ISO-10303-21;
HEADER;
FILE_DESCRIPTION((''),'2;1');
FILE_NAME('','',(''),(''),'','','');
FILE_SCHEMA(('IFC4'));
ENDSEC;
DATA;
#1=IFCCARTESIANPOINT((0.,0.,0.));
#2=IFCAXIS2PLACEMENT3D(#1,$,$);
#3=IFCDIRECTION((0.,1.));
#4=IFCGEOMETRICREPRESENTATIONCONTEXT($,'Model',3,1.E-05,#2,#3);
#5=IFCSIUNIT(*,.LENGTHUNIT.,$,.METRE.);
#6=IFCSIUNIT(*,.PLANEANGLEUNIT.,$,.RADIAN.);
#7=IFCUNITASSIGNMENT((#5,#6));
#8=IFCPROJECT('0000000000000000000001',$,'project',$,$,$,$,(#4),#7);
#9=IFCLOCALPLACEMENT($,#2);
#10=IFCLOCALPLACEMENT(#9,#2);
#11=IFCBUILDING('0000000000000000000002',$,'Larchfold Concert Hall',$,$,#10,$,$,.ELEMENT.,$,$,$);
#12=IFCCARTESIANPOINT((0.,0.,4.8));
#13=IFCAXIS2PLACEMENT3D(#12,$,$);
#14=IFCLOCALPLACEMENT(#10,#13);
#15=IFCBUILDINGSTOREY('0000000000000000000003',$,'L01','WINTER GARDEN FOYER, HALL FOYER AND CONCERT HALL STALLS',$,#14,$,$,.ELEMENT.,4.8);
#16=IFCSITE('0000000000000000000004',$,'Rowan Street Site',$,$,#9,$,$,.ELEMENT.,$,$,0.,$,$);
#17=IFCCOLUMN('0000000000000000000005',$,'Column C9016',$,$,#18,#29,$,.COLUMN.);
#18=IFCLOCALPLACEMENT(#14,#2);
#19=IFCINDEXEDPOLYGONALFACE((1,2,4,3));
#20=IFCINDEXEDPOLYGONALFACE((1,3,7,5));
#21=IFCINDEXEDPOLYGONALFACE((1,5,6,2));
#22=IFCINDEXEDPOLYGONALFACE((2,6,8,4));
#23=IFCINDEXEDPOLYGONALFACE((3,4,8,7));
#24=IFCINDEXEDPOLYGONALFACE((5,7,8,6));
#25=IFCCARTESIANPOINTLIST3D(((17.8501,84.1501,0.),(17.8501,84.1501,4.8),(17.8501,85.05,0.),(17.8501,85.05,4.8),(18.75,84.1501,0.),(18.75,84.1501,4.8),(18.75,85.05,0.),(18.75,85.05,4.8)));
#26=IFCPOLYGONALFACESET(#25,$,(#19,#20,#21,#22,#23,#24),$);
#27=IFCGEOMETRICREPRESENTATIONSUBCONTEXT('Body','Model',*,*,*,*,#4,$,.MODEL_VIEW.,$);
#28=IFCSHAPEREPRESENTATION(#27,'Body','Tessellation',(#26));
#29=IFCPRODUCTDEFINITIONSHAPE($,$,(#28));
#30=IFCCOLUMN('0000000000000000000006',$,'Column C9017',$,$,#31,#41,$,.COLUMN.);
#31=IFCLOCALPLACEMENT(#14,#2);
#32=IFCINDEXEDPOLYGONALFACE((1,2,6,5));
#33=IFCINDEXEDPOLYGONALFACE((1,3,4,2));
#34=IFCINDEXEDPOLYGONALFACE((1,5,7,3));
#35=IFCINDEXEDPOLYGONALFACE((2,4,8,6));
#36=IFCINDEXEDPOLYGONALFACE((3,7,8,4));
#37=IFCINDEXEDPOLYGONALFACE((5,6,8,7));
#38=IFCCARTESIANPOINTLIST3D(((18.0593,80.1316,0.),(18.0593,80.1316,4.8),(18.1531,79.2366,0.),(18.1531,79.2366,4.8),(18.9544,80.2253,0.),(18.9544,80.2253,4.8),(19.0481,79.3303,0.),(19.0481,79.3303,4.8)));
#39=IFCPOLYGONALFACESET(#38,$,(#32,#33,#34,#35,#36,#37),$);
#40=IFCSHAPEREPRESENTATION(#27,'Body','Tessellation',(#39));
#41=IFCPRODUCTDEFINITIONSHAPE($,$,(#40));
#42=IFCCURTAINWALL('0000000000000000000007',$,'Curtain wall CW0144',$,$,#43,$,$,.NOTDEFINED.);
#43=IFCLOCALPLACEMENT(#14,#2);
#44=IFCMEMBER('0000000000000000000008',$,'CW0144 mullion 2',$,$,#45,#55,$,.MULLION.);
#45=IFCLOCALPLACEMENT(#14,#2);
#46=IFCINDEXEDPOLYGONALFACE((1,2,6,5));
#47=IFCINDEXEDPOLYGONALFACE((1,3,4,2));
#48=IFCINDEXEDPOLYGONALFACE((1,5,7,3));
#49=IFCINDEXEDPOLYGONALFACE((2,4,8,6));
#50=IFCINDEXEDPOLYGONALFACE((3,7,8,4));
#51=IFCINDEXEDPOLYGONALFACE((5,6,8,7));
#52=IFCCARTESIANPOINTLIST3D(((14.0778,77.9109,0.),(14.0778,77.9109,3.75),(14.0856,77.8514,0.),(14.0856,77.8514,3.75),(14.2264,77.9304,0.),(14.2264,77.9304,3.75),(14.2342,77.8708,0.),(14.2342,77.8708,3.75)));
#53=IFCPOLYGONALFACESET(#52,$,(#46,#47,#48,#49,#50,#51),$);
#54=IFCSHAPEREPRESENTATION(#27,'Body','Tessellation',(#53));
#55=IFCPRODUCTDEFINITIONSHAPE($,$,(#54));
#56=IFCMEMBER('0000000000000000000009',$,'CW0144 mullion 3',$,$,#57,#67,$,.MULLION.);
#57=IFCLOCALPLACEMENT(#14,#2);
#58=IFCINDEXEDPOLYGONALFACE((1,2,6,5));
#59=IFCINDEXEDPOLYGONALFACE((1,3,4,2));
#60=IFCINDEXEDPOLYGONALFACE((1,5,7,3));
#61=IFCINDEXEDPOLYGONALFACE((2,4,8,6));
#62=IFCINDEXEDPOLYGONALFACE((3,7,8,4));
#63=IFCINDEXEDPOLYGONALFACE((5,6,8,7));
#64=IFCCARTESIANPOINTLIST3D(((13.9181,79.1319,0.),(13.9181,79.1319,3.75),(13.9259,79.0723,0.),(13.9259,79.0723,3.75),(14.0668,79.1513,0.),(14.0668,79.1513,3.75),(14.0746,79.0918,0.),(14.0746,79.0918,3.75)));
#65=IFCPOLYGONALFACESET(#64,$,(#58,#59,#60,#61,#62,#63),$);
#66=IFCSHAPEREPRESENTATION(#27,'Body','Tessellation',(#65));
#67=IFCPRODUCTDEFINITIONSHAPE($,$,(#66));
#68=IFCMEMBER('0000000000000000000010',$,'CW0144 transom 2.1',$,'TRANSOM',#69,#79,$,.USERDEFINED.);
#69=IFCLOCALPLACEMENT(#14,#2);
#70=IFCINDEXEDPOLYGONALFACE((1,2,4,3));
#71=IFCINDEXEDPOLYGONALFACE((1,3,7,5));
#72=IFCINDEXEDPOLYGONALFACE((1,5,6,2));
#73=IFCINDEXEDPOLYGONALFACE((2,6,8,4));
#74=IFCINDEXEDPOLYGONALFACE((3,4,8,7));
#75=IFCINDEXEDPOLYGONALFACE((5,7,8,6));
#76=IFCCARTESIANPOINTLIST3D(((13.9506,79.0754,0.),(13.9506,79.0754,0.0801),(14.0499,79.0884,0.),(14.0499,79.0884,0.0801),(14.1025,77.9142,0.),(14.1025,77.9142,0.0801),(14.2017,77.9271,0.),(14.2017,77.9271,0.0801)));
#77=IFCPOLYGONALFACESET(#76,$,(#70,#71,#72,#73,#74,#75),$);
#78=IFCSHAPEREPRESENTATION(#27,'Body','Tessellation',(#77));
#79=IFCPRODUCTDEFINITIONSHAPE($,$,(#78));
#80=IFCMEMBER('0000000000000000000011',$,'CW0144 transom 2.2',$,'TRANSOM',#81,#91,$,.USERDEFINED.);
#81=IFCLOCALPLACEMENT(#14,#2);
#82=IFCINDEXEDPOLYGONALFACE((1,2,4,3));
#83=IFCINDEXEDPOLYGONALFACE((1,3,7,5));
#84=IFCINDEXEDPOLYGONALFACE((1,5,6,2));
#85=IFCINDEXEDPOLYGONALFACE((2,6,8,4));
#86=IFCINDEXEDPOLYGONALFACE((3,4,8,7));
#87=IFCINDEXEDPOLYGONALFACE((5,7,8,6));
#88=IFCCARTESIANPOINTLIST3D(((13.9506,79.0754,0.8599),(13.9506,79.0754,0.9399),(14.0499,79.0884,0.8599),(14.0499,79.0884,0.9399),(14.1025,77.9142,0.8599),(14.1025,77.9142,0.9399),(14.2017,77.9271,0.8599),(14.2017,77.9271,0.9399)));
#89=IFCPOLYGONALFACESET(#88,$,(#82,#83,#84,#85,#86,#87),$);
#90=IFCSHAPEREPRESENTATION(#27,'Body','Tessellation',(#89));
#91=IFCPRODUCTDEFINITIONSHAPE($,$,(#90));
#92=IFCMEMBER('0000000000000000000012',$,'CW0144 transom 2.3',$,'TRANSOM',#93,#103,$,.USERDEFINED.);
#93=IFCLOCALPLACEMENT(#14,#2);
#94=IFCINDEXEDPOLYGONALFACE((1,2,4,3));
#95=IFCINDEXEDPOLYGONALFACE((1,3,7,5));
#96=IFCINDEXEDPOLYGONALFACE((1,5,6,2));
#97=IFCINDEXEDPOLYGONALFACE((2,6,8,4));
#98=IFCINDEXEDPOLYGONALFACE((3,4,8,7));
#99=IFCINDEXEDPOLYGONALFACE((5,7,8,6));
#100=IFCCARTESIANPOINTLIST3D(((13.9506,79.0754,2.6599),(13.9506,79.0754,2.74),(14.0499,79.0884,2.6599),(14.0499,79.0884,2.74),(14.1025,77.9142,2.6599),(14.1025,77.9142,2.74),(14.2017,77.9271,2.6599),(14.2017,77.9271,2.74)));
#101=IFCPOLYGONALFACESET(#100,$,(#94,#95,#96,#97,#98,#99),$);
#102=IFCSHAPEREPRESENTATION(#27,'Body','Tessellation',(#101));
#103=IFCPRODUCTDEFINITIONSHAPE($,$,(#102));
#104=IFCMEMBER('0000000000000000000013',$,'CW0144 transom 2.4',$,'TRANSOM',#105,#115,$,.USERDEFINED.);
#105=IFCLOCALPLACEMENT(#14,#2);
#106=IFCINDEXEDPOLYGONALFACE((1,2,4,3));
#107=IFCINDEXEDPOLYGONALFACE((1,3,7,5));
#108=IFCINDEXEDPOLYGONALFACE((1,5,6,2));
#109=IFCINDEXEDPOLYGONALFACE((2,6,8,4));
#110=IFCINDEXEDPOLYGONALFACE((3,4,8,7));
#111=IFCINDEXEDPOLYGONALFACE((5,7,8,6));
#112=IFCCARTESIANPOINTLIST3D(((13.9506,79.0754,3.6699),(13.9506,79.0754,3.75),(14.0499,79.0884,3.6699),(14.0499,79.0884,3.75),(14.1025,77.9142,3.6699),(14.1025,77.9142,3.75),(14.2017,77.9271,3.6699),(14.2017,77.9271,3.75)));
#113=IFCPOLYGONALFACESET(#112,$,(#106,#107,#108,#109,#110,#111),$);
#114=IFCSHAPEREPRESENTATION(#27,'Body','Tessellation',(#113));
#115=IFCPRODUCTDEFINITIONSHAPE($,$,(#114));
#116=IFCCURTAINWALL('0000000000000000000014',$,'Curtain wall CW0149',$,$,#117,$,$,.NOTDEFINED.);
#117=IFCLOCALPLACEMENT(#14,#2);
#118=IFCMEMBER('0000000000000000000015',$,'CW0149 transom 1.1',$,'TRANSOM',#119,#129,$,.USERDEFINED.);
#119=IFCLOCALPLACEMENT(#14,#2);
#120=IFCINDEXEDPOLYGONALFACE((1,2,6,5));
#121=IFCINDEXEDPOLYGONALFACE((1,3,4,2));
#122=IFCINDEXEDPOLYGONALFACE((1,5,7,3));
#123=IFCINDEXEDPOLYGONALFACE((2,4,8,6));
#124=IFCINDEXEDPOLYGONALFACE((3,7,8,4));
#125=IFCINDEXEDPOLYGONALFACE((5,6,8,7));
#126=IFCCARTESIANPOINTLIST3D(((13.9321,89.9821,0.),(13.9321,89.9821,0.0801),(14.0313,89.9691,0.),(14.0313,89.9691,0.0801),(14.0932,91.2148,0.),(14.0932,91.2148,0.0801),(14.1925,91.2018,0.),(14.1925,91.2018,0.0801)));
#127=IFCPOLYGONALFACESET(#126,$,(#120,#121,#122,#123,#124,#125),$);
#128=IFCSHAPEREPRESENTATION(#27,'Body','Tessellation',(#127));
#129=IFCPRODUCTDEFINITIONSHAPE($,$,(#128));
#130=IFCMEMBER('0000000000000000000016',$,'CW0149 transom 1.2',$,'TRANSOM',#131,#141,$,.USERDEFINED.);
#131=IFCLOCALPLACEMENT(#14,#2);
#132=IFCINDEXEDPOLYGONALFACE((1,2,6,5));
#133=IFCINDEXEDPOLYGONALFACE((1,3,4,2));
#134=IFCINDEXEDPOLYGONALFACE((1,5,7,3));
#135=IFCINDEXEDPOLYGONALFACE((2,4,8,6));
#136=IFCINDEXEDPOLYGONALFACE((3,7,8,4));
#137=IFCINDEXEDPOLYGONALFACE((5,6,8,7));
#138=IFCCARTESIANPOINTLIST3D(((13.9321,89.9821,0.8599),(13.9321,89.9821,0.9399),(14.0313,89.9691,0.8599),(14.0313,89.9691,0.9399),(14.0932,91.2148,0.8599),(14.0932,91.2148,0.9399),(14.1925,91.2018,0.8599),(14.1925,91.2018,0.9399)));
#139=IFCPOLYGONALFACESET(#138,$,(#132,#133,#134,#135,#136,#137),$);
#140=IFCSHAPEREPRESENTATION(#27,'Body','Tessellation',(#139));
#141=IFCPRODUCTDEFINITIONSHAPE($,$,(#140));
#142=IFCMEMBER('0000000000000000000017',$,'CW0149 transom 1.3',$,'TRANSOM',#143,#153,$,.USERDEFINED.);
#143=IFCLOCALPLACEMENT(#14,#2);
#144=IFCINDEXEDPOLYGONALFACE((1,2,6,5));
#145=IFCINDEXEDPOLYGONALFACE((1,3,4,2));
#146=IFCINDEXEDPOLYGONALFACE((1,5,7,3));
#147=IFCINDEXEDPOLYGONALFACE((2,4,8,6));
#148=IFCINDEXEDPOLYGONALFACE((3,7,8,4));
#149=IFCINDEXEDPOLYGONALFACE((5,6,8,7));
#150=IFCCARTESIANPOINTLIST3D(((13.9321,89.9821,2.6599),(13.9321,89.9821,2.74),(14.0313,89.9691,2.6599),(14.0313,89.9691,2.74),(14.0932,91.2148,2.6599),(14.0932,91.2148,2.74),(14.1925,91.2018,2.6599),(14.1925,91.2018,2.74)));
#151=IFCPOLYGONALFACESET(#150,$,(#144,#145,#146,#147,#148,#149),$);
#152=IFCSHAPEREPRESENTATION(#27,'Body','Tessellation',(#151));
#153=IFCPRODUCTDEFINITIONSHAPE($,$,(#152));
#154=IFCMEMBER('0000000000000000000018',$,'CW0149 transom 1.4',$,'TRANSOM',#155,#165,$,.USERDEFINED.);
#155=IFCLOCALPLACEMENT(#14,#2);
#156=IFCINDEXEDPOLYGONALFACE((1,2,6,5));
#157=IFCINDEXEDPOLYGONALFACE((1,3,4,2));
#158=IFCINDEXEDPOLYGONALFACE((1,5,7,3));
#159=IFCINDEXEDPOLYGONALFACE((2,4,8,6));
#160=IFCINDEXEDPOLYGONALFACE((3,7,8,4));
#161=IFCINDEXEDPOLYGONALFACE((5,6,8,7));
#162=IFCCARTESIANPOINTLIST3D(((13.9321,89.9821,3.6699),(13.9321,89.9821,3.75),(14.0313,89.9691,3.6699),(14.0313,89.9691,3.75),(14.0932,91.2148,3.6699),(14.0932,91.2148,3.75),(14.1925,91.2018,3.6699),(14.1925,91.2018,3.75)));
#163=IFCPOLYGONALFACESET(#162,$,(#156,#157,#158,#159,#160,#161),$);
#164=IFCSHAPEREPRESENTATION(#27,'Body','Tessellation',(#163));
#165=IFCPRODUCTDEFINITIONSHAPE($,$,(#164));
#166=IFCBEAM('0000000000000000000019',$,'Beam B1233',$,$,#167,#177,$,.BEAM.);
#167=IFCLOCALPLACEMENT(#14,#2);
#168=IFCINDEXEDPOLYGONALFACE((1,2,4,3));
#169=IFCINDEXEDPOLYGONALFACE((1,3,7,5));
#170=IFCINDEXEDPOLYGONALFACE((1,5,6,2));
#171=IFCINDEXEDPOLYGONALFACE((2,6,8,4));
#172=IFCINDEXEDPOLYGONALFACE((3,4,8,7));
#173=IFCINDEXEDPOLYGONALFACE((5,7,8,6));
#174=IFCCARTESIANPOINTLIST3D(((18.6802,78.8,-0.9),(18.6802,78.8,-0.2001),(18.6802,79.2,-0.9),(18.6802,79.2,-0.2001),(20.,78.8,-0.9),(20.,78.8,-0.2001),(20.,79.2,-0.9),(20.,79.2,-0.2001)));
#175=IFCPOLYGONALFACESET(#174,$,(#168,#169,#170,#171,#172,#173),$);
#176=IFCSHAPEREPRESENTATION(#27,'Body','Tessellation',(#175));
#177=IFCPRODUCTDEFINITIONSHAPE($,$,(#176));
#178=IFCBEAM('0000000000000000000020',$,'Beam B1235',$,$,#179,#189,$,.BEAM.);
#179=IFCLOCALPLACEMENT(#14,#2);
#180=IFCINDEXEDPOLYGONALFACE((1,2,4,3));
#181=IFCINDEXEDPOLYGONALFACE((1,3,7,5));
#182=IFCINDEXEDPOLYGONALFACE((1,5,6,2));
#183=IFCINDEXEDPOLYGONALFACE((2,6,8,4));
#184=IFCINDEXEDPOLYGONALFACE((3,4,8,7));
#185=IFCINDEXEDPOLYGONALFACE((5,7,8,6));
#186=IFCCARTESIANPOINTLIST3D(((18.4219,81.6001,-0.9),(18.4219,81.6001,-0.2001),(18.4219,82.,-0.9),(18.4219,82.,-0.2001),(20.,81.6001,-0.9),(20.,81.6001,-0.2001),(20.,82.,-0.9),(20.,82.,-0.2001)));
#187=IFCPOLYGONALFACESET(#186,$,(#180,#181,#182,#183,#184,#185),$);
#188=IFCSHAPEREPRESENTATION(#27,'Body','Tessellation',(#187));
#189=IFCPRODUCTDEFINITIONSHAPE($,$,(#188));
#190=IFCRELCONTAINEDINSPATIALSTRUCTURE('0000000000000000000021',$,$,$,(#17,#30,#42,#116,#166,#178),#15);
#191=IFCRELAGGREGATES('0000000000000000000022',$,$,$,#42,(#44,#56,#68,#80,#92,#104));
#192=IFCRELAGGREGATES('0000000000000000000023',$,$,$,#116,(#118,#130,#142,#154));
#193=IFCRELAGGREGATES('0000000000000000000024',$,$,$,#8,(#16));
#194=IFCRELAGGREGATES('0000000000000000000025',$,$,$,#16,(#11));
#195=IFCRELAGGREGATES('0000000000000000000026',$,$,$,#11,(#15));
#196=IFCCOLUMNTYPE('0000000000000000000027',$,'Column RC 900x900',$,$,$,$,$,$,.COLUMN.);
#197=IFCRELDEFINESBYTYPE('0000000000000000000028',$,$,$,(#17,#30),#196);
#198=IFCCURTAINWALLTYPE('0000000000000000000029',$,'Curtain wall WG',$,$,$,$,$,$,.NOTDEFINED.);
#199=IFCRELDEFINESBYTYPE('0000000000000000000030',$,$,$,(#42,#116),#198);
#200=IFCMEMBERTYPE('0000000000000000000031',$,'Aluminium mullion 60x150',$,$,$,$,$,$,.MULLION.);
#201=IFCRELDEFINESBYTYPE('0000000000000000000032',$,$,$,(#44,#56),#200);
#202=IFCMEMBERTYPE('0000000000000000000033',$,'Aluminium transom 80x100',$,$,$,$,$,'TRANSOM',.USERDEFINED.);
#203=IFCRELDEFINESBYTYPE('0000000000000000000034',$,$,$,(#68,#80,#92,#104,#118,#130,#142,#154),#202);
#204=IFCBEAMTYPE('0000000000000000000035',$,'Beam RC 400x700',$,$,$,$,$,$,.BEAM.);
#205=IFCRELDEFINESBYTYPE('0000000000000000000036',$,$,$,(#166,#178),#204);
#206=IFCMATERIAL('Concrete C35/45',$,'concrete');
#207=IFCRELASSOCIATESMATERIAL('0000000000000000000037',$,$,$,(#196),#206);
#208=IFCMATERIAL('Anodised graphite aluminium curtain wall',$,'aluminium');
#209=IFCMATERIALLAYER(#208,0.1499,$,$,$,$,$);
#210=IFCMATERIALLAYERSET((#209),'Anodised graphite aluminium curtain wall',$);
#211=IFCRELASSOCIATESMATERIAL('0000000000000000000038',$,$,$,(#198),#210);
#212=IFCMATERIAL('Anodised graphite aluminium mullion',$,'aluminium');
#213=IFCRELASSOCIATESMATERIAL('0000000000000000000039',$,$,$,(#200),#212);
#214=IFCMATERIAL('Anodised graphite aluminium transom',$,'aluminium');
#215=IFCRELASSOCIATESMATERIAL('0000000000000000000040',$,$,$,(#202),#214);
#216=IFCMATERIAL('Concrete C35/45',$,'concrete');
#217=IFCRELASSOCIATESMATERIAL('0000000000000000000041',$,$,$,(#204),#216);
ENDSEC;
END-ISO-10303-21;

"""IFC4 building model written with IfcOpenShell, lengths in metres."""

from ifc_helpers import new_model, si_unit, direction, frame, origin, origin_2d, place, context, subcontext, project, spatial, rectangle, extrude, material, layer, layer_set, material_profile, profile_set, type_object, element, aggregate, save


model = new_model("IFC4")

# Units and contexts
model_context = context("Model", 3, precision=1e-05, world=origin(), true_north=direction((0.0, 1.0)))
body_context = subcontext(model_context, "Body", "Model", "MODEL_VIEW")
ifc_project = project(units=[si_unit("LENGTHUNIT", "METRE"), si_unit("PLANEANGLEUNIT", "RADIAN")], contexts=[model_context])

# Site, building, storey
site_placement = place(None, origin())
site = spatial("IfcSite", under=ifc_project, at=site_placement, Name="Rowan Street Site", CompositionType="ELEMENT", RefElevation=0.0)
building_placement = place(site_placement, origin())
building = spatial("IfcBuilding", under=site, at=building_placement, Name="Larchfold Concert Hall", CompositionType="ELEMENT")
storey_placement = place(building_placement, frame((0.0, 0.0, 4.8)))
storey = spatial("IfcBuildingStorey", under=building, at=storey_placement, Name="L01", Description="WINTER GARDEN FOYER, HALL FOYER AND CONCERT HALL STALLS", CompositionType="ELEMENT", Elevation=4.8)

# Columns
ifc_material_1 = material(Name="Concrete C35/45", Category="concrete")
ifc_material_profile_1 = material_profile(ifc_material_1, rectangle(XDim=0.8999, YDim=0.8999, at=origin_2d()))
ifc_profile_set_1 = profile_set([ifc_material_profile_1], Name="Concrete C35/45")
column_type = type_object("IfcColumnType", Name="Column RC 900x900", PredefinedType="COLUMN", material=ifc_profile_set_1)
for number, where, z_axis, x_axis, name in (
    (1, (18.3, 84.6001, 0.0), (0.0, 0.0, 1.0), (0.000002, 1.0, 0.0), "Column C9016"),
    (2, (18.5537, 79.731, 0.0), (0.0, 0.0, 1.0), (0.994561, 0.104152, 0.0), "Column C9017"),
):
    element("IfcColumn", number, at=place(storey_placement, frame(where, z_axis=z_axis, x_axis=x_axis)), inside=storey, type_object=column_type, Name=name, PredefinedType="COLUMN", context=body_context, shape_type="SweptSolid", body=[
        extrude(rectangle(XDim=0.8999, YDim=0.8999, at=origin_2d()), origin(), (0.0, 0.0, 1.0), 4.8),
    ])

# Curtain walls, members
ifc_material_2 = material(Name="Anodised graphite aluminium curtain wall", Category="aluminium")
ifc_layer_1 = layer(ifc_material_2, 0.1499)
ifc_layer_set_1 = layer_set([ifc_layer_1], Name="Anodised graphite aluminium curtain wall")
curtain_wall_type = type_object("IfcCurtainWallType", Name="Curtain wall WG", PredefinedType="NOTDEFINED", material=ifc_layer_set_1)
curtain_wall_1_placement = place(storey_placement, origin())
curtain_wall_1 = element("IfcCurtainWall", 3, at=curtain_wall_1_placement, inside=storey, type_object=curtain_wall_type, Name="Curtain wall CW0144", PredefinedType="NOTDEFINED")
ifc_material_3 = material(Name="Anodised graphite aluminium mullion", Category="aluminium")
ifc_material_profile_2 = material_profile(ifc_material_3, rectangle(XDim=0.1499, YDim=0.0601, at=origin_2d()))
ifc_profile_set_2 = profile_set([ifc_material_profile_2], Name="Anodised graphite aluminium mullion")
member_type_1 = type_object("IfcMemberType", Name="Aluminium mullion 60x150", PredefinedType="MULLION", material=ifc_profile_set_2)
member_1_placement = place(storey_placement, frame((14.156, 77.8909, 0.0), z_axis=(0.0, 0.0, 1.0), x_axis=(-0.991556, -0.129678, 0.0)))
member_1 = element("IfcMember", 4, at=member_1_placement, type_object=member_type_1, Name="CW0144 mullion 2", PredefinedType="MULLION", context=body_context, shape_type="SweptSolid", body=[
    extrude(rectangle(XDim=0.1499, YDim=0.0601, at=origin_2d()), origin(), (0.0, 0.0, 1.0), 3.75),
])
member_2_placement = place(storey_placement, frame((13.9963, 79.1118, 0.0), z_axis=(0.0, 0.0, 1.0), x_axis=(-0.991556, -0.129678, 0.0)))
member_2 = element("IfcMember", 5, at=member_2_placement, type_object=member_type_1, Name="CW0144 mullion 3", PredefinedType="MULLION", context=body_context, shape_type="SweptSolid", body=[
    extrude(rectangle(XDim=0.1499, YDim=0.0601, at=origin_2d()), origin(), (0.0, 0.0, 1.0), 3.75),
])
ifc_material_4 = material(Name="Anodised graphite aluminium transom", Category="aluminium")
ifc_material_profile_3 = material_profile(ifc_material_4, rectangle(XDim=0.1001, YDim=0.0801, at=origin_2d()))
ifc_profile_set_3 = profile_set([ifc_material_profile_3], Name="Anodised graphite aluminium transom")
member_type_2 = type_object("IfcMemberType", Name="Aluminium transom 80x100", ElementType="TRANSOM", PredefinedType="USERDEFINED", material=ifc_profile_set_3)
member_3_placement = place(storey_placement, frame((14.1521, 77.9207, 0.04), z_axis=(-0.129651, 0.99156, 0.0), x_axis=(-0.99156, -0.129651, 0.0)))
member_3 = element("IfcMember", 6, at=member_3_placement, type_object=member_type_2, Name="CW0144 transom 2.1", ObjectType="TRANSOM", PredefinedType="USERDEFINED", context=body_context, shape_type="SweptSolid", body=[
    extrude(rectangle(XDim=0.1001, YDim=0.0801, at=origin_2d()), origin(), (0.0, 0.0, 1.0), 1.1711),
])
member_4_placement = place(storey_placement, frame((14.1521, 77.9207, 0.8999), z_axis=(-0.129651, 0.99156, 0.0), x_axis=(-0.99156, -0.129651, 0.0)))
member_4 = element("IfcMember", 7, at=member_4_placement, type_object=member_type_2, Name="CW0144 transom 2.2", ObjectType="TRANSOM", PredefinedType="USERDEFINED", context=body_context, shape_type="SweptSolid", body=[
    extrude(rectangle(XDim=0.1001, YDim=0.0801, at=origin_2d()), origin(), (0.0, 0.0, 1.0), 1.1711),
])
member_5_placement = place(storey_placement, frame((14.1521, 77.9207, 2.7), z_axis=(-0.129651, 0.99156, 0.0), x_axis=(-0.99156, -0.129651, 0.0)))
member_5 = element("IfcMember", 8, at=member_5_placement, type_object=member_type_2, Name="CW0144 transom 2.3", ObjectType="TRANSOM", PredefinedType="USERDEFINED", context=body_context, shape_type="SweptSolid", body=[
    extrude(rectangle(XDim=0.1001, YDim=0.0801, at=origin_2d()), origin(), (0.0, 0.0, 1.0), 1.1711),
])
member_6_placement = place(storey_placement, frame((14.1521, 77.9207, 3.71), z_axis=(-0.129651, 0.99156, 0.0), x_axis=(-0.99156, -0.129651, 0.0)))
member_6 = element("IfcMember", 9, at=member_6_placement, type_object=member_type_2, Name="CW0144 transom 2.4", ObjectType="TRANSOM", PredefinedType="USERDEFINED", context=body_context, shape_type="SweptSolid", body=[
    extrude(rectangle(XDim=0.1001, YDim=0.0801, at=origin_2d()), origin(), (0.0, 0.0, 1.0), 1.1711),
])
curtain_wall_2_placement = place(storey_placement, origin())
curtain_wall_2 = element("IfcCurtainWall", 10, at=curtain_wall_2_placement, inside=storey, type_object=curtain_wall_type, Name="Curtain wall CW0149", PredefinedType="NOTDEFINED")
member_7_placement = place(storey_placement, frame((13.9817, 89.9756, 0.04), z_axis=(0.129616, 0.991564, 0.0), x_axis=(-0.991564, 0.129616, 0.0)))
member_7 = element("IfcMember", 11, at=member_7_placement, type_object=member_type_2, Name="CW0149 transom 1.1", ObjectType="TRANSOM", PredefinedType="USERDEFINED", context=body_context, shape_type="SweptSolid", body=[
    extrude(rectangle(XDim=0.1001, YDim=0.0801, at=origin_2d()), origin(), (0.0, 0.0, 1.0), 1.2432),
])
member_8_placement = place(storey_placement, frame((13.9817, 89.9756, 0.8999), z_axis=(0.129616, 0.991564, 0.0), x_axis=(-0.991564, 0.129616, 0.0)))
member_8 = element("IfcMember", 12, at=member_8_placement, type_object=member_type_2, Name="CW0149 transom 1.2", ObjectType="TRANSOM", PredefinedType="USERDEFINED", context=body_context, shape_type="SweptSolid", body=[
    extrude(rectangle(XDim=0.1001, YDim=0.0801, at=origin_2d()), origin(), (0.0, 0.0, 1.0), 1.2432),
])
member_9_placement = place(storey_placement, frame((13.9817, 89.9756, 2.7), z_axis=(0.129616, 0.991564, 0.0), x_axis=(-0.991564, 0.129616, 0.0)))
member_9 = element("IfcMember", 13, at=member_9_placement, type_object=member_type_2, Name="CW0149 transom 1.3", ObjectType="TRANSOM", PredefinedType="USERDEFINED", context=body_context, shape_type="SweptSolid", body=[
    extrude(rectangle(XDim=0.1001, YDim=0.0801, at=origin_2d()), origin(), (0.0, 0.0, 1.0), 1.2432),
])
member_10_placement = place(storey_placement, frame((13.9817, 89.9756, 3.71), z_axis=(0.129616, 0.991564, 0.0), x_axis=(-0.991564, 0.129616, 0.0)))
member_10 = element("IfcMember", 14, at=member_10_placement, type_object=member_type_2, Name="CW0149 transom 1.4", ObjectType="TRANSOM", PredefinedType="USERDEFINED", context=body_context, shape_type="SweptSolid", body=[
    extrude(rectangle(XDim=0.1001, YDim=0.0801, at=origin_2d()), origin(), (0.0, 0.0, 1.0), 1.2432),
])

# Beams
ifc_material_5 = material(Name="Concrete C35/45", Category="concrete")
ifc_material_profile_4 = material_profile(ifc_material_5, rectangle(XDim=0.3999, YDim=0.7, at=origin_2d()))
ifc_profile_set_4 = profile_set([ifc_material_profile_4], Name="Concrete C35/45")
beam_type_1 = type_object("IfcBeamType", Name="Beam RC 400x700", PredefinedType="BEAM", material=ifc_profile_set_4)
beam_1_placement = place(storey_placement, frame((18.6802, 79.0, -0.55), z_axis=(1.0, 0.0, 0.0), x_axis=(0.0, 1.0, 0.0)))
element("IfcBeam", 15, at=beam_1_placement, inside=storey, type_object=beam_type_1, Name="Beam B1233", PredefinedType="BEAM", context=body_context, shape_type="SweptSolid", body=[
    extrude(rectangle(XDim=0.3999, YDim=0.7, at=origin_2d()), origin(), (0.0, 0.0, 1.0), 1.3198),
])
beam_2_placement = place(storey_placement, frame((18.4219, 81.8, -0.55), z_axis=(1.0, 0.0, 0.0), x_axis=(0.0, 1.0, 0.0)))
element("IfcBeam", 16, at=beam_2_placement, inside=storey, type_object=beam_type_1, Name="Beam B1235", PredefinedType="BEAM", context=body_context, shape_type="SweptSolid", body=[
    extrude(rectangle(XDim=0.3999, YDim=0.7, at=origin_2d()), origin(), (0.0, 0.0, 1.0), 1.5781),
])

aggregate(curtain_wall_1, [member_1, member_2, member_3, member_4, member_5, member_6])
aggregate(curtain_wall_2, [member_7, member_8, member_9, member_10])

save(model, "model.ifc")
